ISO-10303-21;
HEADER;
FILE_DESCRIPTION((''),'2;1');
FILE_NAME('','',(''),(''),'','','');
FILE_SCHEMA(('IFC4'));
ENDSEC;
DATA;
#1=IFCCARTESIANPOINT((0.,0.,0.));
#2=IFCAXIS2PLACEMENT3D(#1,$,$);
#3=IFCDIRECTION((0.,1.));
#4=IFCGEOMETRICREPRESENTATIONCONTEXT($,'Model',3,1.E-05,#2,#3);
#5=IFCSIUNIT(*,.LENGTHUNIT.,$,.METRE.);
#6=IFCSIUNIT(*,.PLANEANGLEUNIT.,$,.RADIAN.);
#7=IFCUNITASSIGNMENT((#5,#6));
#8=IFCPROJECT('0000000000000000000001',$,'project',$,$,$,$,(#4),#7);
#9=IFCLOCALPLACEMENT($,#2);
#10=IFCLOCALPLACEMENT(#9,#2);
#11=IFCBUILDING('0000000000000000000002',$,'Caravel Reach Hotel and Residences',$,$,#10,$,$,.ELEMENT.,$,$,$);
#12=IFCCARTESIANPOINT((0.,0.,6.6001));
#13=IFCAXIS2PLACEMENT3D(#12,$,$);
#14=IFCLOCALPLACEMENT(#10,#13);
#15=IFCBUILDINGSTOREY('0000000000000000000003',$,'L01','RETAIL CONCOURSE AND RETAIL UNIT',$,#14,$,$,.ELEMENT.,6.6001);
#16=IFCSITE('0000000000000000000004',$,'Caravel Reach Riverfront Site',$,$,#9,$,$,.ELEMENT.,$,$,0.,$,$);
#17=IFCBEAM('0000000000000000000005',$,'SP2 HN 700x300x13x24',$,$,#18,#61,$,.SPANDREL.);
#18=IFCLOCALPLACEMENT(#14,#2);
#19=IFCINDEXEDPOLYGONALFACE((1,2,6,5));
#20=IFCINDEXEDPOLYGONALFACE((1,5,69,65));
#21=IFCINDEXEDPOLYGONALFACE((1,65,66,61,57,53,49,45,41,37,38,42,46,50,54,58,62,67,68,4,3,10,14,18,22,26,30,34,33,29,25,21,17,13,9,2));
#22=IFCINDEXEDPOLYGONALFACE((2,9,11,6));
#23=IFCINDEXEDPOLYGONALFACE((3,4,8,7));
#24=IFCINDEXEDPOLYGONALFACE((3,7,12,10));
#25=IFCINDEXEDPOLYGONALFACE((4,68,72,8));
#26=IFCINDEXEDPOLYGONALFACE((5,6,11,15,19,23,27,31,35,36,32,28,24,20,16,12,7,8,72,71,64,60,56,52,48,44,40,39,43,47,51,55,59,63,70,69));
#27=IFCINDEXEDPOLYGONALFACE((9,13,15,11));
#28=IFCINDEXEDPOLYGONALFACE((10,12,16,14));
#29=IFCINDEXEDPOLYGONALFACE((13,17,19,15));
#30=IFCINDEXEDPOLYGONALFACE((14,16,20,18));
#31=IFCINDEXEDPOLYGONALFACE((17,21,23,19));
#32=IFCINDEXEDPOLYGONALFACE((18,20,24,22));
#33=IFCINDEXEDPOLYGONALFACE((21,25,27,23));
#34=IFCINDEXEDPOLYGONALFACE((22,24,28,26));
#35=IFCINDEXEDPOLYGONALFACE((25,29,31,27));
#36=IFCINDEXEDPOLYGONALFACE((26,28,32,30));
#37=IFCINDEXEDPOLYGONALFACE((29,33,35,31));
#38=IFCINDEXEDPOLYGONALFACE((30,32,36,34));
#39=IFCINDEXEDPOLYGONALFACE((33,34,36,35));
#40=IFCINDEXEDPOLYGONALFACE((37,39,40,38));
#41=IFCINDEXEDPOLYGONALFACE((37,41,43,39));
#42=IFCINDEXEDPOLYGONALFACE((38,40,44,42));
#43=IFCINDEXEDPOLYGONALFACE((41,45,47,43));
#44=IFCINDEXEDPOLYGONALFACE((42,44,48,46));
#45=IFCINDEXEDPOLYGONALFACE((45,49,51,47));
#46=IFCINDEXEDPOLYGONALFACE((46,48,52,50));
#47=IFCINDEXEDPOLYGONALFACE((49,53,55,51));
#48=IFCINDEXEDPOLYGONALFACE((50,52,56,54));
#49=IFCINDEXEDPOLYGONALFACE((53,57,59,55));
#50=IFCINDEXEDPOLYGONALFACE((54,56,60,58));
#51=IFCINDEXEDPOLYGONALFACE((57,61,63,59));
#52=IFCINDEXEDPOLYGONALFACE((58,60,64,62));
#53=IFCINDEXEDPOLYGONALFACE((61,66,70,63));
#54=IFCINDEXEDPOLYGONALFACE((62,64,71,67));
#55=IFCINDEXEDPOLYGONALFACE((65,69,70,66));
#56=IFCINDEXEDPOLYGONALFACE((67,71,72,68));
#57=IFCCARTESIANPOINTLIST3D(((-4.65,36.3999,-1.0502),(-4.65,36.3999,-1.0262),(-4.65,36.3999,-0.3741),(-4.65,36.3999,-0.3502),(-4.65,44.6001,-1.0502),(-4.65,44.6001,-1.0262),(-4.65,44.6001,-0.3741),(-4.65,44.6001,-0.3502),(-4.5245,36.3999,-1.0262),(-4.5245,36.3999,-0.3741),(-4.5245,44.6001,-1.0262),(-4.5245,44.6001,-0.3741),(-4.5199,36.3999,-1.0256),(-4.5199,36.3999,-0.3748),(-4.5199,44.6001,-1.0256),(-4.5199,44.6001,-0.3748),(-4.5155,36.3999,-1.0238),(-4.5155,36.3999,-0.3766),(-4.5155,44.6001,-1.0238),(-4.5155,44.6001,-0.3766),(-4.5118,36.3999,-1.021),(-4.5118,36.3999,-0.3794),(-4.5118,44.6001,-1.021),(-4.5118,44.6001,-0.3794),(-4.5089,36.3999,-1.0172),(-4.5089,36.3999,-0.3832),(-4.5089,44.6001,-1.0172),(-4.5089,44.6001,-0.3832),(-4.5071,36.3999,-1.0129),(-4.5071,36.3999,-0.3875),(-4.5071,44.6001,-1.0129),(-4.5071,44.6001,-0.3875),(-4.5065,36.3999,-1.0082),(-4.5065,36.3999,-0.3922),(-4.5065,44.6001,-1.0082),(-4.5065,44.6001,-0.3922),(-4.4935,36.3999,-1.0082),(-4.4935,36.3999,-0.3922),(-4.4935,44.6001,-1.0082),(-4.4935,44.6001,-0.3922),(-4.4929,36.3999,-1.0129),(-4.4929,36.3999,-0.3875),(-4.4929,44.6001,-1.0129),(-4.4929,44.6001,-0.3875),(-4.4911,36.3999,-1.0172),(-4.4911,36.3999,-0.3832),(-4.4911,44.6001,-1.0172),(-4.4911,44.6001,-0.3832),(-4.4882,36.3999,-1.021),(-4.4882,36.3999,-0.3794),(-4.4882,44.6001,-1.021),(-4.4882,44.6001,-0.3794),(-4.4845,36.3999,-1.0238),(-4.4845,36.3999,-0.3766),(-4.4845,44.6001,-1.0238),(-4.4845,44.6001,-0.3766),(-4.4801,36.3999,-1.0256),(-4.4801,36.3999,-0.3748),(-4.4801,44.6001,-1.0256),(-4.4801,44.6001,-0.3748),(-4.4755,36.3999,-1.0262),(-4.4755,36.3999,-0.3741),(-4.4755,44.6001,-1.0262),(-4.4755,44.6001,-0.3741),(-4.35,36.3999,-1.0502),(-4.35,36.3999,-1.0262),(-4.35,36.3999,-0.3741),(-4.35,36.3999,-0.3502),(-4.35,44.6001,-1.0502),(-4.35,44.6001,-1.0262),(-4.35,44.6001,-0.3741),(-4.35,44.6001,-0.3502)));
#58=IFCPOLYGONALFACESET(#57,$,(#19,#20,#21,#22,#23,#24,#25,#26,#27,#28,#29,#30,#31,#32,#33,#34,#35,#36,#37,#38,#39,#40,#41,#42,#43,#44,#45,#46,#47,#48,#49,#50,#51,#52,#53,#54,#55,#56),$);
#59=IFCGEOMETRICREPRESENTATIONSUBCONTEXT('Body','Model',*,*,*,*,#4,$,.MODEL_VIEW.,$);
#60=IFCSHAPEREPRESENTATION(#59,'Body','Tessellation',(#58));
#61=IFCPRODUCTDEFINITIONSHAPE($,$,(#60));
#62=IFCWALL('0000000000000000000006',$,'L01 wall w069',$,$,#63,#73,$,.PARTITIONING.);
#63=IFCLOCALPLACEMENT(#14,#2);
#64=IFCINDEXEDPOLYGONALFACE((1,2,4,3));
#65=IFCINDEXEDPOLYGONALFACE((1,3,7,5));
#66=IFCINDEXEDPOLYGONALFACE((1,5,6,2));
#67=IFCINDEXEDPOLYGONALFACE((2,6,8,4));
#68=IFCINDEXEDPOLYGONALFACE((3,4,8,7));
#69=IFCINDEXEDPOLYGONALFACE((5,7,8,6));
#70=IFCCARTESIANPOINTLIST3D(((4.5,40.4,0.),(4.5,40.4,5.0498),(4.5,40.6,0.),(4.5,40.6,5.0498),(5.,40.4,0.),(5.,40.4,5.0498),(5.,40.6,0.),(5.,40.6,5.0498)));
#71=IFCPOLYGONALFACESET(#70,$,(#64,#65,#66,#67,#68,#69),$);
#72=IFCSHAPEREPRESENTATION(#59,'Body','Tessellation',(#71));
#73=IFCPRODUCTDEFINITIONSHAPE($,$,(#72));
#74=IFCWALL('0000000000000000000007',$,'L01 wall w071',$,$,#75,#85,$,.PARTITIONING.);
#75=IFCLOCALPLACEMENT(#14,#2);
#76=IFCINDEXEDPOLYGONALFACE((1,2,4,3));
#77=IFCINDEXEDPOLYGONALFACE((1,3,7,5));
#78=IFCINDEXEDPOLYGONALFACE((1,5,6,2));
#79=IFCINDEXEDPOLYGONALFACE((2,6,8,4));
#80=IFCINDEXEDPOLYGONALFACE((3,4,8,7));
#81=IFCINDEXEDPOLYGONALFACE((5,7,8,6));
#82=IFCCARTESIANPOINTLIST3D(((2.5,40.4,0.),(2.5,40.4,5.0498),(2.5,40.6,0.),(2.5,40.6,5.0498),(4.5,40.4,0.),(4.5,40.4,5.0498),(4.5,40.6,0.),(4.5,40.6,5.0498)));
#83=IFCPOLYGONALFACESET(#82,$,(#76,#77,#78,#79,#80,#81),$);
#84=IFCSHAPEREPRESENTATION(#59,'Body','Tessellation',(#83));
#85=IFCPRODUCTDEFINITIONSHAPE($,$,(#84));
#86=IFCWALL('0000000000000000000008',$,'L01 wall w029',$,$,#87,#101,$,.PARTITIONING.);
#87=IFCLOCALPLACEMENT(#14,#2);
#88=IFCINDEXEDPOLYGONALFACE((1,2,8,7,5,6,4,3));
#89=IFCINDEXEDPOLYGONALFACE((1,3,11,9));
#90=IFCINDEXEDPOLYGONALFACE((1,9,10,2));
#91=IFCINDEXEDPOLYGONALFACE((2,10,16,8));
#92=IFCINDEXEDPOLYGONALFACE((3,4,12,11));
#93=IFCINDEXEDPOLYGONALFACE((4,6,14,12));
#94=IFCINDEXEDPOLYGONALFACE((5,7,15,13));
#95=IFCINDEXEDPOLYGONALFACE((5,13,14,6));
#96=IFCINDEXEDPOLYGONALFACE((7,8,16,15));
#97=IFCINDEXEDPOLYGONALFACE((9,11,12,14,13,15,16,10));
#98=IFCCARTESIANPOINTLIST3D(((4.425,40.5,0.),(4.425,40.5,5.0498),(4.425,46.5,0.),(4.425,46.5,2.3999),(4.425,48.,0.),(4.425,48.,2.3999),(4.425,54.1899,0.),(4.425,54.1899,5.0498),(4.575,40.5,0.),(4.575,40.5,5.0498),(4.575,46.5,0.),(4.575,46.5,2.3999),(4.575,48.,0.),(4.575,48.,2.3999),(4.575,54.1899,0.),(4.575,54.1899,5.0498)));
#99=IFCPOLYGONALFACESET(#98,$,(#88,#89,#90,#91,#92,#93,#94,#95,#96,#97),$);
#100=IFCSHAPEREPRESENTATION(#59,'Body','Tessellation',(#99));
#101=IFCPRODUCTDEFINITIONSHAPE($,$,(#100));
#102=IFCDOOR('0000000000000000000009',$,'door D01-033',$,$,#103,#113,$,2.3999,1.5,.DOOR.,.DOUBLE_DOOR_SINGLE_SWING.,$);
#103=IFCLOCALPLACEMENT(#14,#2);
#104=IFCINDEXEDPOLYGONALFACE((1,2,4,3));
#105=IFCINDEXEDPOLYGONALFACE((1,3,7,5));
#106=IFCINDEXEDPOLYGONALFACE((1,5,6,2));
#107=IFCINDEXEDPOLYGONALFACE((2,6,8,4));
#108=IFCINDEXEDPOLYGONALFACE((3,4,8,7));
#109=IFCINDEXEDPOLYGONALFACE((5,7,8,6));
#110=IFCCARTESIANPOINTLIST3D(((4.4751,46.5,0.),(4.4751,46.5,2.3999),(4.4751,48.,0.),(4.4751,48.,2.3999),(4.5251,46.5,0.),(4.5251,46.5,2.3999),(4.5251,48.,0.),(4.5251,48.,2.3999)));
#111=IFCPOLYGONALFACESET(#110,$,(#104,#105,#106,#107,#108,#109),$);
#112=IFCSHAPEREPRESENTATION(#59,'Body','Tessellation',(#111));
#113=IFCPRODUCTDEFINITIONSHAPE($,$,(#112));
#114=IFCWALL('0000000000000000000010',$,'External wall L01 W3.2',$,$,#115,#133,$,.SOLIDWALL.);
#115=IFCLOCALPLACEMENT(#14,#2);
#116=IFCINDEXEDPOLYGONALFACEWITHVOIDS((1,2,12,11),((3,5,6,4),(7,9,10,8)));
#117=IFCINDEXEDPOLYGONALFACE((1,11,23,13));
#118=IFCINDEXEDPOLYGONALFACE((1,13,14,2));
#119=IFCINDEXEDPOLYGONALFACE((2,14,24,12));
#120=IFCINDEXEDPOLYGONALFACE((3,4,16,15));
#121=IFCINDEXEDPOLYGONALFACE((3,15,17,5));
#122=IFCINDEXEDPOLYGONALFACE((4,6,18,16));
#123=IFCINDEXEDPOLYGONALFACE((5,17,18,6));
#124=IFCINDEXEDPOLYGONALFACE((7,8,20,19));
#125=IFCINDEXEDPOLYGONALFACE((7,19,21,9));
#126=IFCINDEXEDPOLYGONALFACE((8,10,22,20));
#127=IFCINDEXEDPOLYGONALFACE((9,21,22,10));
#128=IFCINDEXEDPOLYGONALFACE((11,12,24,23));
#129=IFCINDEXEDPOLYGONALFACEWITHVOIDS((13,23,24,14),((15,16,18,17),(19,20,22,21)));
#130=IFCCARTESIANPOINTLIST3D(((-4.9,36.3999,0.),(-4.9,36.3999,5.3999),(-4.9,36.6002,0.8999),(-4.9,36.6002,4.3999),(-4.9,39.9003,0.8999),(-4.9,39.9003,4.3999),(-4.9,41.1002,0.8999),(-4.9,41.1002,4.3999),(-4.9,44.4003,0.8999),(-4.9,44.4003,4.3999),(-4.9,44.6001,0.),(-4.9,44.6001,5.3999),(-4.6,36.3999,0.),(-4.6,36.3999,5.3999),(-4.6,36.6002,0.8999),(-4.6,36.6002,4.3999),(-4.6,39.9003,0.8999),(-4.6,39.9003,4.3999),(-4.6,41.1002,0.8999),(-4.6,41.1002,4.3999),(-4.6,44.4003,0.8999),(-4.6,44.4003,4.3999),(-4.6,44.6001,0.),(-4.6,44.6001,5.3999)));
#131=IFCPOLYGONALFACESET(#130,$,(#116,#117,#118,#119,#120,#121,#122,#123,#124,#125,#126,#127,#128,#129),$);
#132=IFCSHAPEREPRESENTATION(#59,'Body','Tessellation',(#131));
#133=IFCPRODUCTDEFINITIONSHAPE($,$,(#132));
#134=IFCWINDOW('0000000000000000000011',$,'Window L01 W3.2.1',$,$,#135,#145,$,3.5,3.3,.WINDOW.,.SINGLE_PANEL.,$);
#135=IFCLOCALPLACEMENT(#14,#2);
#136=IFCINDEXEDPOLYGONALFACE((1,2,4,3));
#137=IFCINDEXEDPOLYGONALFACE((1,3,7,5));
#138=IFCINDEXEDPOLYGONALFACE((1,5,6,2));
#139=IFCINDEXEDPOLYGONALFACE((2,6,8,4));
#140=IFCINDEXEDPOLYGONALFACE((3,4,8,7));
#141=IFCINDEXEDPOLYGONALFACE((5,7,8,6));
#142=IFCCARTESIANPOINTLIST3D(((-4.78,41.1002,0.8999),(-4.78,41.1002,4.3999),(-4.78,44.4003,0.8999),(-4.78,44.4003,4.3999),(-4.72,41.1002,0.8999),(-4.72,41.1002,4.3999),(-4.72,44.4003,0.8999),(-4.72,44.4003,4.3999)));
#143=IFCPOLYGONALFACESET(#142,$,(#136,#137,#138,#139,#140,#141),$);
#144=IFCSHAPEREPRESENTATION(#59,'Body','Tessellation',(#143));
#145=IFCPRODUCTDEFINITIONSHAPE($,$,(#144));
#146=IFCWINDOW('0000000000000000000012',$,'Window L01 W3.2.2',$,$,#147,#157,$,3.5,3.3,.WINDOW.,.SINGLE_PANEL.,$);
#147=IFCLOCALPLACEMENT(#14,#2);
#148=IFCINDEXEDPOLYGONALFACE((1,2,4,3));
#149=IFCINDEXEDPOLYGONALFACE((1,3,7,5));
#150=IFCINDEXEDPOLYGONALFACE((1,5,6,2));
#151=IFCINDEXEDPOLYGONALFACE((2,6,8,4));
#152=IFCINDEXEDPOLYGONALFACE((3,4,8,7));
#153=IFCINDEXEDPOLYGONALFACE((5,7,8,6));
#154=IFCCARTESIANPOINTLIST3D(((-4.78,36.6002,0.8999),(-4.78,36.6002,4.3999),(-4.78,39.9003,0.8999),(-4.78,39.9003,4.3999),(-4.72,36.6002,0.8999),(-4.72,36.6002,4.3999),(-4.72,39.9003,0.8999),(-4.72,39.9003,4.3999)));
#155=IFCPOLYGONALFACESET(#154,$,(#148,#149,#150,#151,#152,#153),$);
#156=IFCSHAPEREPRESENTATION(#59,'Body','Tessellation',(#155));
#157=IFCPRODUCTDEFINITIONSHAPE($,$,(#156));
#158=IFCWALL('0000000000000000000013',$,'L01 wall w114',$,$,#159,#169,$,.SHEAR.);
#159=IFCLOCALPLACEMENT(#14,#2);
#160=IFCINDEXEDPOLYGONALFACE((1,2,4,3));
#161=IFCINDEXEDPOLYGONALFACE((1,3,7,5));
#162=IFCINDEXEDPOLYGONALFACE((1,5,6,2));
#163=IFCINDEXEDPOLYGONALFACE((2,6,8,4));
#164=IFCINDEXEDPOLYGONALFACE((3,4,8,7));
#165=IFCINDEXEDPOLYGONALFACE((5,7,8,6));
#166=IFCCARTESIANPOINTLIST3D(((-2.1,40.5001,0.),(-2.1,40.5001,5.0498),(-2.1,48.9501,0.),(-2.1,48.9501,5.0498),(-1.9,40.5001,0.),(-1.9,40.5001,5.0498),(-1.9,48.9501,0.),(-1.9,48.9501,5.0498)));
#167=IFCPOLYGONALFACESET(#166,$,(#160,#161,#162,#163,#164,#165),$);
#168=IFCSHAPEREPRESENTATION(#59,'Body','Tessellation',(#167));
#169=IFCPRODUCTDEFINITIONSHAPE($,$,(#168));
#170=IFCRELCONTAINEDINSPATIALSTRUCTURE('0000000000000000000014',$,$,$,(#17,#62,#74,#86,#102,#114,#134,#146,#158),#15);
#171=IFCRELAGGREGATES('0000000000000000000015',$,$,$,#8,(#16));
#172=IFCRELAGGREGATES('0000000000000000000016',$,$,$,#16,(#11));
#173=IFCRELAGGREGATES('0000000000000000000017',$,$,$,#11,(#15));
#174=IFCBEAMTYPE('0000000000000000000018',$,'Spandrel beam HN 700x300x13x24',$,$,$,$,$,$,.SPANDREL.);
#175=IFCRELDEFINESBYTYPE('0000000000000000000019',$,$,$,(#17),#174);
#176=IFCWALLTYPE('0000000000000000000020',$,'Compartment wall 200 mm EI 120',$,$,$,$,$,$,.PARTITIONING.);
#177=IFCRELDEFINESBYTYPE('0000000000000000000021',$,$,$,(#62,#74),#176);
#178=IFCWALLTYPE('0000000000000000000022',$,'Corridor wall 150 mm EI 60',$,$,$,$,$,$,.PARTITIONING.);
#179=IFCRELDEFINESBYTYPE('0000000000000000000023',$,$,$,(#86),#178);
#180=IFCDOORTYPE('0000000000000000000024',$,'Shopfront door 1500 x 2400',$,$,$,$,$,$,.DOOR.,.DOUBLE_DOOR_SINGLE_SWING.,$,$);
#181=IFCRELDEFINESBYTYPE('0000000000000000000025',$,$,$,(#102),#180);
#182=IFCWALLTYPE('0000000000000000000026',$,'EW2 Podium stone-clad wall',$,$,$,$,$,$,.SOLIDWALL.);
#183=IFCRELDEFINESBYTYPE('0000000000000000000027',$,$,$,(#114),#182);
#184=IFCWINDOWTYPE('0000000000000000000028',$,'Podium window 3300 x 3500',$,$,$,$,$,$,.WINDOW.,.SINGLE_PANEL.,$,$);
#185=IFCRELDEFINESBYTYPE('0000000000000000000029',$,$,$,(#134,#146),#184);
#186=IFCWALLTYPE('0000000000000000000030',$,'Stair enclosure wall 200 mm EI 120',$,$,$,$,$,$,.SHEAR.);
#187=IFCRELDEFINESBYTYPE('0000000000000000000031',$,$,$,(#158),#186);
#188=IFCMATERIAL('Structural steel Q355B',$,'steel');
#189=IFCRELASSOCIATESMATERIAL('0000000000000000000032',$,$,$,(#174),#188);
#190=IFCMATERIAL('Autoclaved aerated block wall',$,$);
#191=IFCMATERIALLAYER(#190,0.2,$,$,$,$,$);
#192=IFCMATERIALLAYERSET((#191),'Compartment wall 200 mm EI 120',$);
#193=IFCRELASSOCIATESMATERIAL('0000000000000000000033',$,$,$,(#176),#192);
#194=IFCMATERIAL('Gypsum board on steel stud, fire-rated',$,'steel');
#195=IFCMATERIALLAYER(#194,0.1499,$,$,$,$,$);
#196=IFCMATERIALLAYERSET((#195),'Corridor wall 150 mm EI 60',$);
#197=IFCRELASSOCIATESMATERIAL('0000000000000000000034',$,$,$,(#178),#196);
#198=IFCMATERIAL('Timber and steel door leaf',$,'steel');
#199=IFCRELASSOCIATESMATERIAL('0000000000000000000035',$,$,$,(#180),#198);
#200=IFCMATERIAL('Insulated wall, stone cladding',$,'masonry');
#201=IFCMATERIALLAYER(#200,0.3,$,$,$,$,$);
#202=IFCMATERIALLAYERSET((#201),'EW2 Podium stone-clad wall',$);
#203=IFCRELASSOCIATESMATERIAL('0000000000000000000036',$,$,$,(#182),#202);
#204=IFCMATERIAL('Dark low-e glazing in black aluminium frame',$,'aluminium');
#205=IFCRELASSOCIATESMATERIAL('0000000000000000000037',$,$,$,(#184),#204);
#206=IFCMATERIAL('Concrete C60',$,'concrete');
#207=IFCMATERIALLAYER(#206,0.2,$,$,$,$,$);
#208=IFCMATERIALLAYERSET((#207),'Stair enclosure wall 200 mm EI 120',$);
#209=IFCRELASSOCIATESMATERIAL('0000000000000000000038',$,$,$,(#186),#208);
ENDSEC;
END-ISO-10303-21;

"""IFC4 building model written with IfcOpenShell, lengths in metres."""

from ifc_helpers import new_model, si_unit, direction, frame, frame_2d, origin, origin_2d, place, context, subcontext, project, spatial, rectangle, i_section, extrude, material, layer, layer_set, material_profile, profile_set, type_object, element, fill, save


model = new_model("IFC4")

# Units and contexts
model_context = context("Model", 3, precision=1e-05, world=origin(), true_north=direction((0.0, 1.0)))
body_context = subcontext(model_context, "Body", "Model", "MODEL_VIEW")
ifc_project = project(units=[si_unit("LENGTHUNIT", "METRE"), si_unit("PLANEANGLEUNIT", "RADIAN")], contexts=[model_context])

# Site, building, storey
site_placement = place(None, origin())
site = spatial("IfcSite", under=ifc_project, at=site_placement, Name="Caravel Reach Riverfront Site", CompositionType="ELEMENT", RefElevation=0.0)
building_placement = place(site_placement, origin())
building = spatial("IfcBuilding", under=site, at=building_placement, Name="Caravel Reach Hotel and Residences", CompositionType="ELEMENT")
storey_placement = place(building_placement, frame((0.0, 0.0, 6.6001)))
storey = spatial("IfcBuildingStorey", under=building, at=storey_placement, Name="L01", Description="RETAIL CONCOURSE AND RETAIL UNIT", CompositionType="ELEMENT", Elevation=6.6001)

# Beam
ifc_material_1 = material(Name="Structural steel Q355B", Category="steel")
ifc_material_profile = material_profile(ifc_material_1, i_section(OverallWidth=0.3, OverallDepth=0.7, WebThickness=0.0129, FlangeThickness=0.0239, FilletRadius=0.0181, at=origin_2d()), Name="HN 700x300x13x24")
ifc_profile_set = profile_set([ifc_material_profile], Name="Structural steel Q355B")
beam_type = type_object("IfcBeamType", Name="Spandrel beam HN 700x300x13x24", PredefinedType="SPANDREL", material=ifc_profile_set)
beam_placement = place(storey_placement, frame((-4.5, 44.6001, -0.7002), z_axis=(0.0, -1.0, 0.0), x_axis=(1.0, 0.0, 0.0)))
element("IfcBeam", 1, at=beam_placement, inside=storey, type_object=beam_type, Name="SP2 HN 700x300x13x24", PredefinedType="SPANDREL", context=body_context, shape_type="SweptSolid", body=[
    extrude(i_section(OverallWidth=0.3, OverallDepth=0.7, WebThickness=0.0129, FlangeThickness=0.0239, FilletRadius=0.0181, at=origin_2d()), origin(), (0.0, 0.0, 1.0), 8.2002),
])

# Walls
ifc_material_2 = material(Name="Autoclaved aerated block wall")
ifc_layer_1 = layer(ifc_material_2, 0.2)
ifc_layer_set_1 = layer_set([ifc_layer_1], Name="Compartment wall 200 mm EI 120")
wall_type_1 = type_object("IfcWallType", Name="Compartment wall 200 mm EI 120", PredefinedType="PARTITIONING", material=ifc_layer_set_1)
wall_1_placement = place(storey_placement, frame((4.5, 40.5, 0.0), z_axis=(0.0, 0.0, 1.0), x_axis=(1.0, 0.0, 0.0)))
element("IfcWall", 2, at=wall_1_placement, inside=storey, type_object=wall_type_1, Name="L01 wall w069", PredefinedType="PARTITIONING", context=body_context, shape_type="SweptSolid", body=[
    extrude(rectangle(XDim=0.5, YDim=0.2, at=frame_2d((0.25, 0.0))), origin(), (0.0, 0.0, 1.0), 5.0498),
])
wall_2_placement = place(storey_placement, frame((2.5, 40.5, 0.0), z_axis=(0.0, 0.0, 1.0), x_axis=(1.0, 0.0, 0.0)))
element("IfcWall", 3, at=wall_2_placement, inside=storey, type_object=wall_type_1, Name="L01 wall w071", PredefinedType="PARTITIONING", context=body_context, shape_type="SweptSolid", body=[
    extrude(rectangle(XDim=2.0, YDim=0.2, at=frame_2d((1.0, 0.0))), origin(), (0.0, 0.0, 1.0), 5.0498),
])

# Wall, opening, door
ifc_material_3 = material(Name="Gypsum board on steel stud, fire-rated", Category="steel")
ifc_layer_2 = layer(ifc_material_3, 0.1499)
ifc_layer_set_2 = layer_set([ifc_layer_2], Name="Corridor wall 150 mm EI 60")
wall_type_2 = type_object("IfcWallType", Name="Corridor wall 150 mm EI 60", PredefinedType="PARTITIONING", material=ifc_layer_set_2)
wall_3_placement = place(storey_placement, frame((4.5, 40.5, 0.0), z_axis=(0.0, 0.0, 1.0), x_axis=(0.0, 1.0, 0.0)))
wall_3 = element("IfcWall", 4, at=wall_3_placement, inside=storey, type_object=wall_type_2, Name="L01 wall w029", PredefinedType="PARTITIONING", context=body_context, shape_type="SweptSolid", body=[
    extrude(rectangle(XDim=13.6899, YDim=0.1499, at=frame_2d((6.845, 0.0))), origin(), (0.0, 0.0, 1.0), 5.0498),
])
opening_1_placement = place(wall_3_placement, frame((6.0, 0.0, 0.0)))
opening_1 = element("IfcOpeningElement", 5, at=opening_1_placement, cuts=wall_3, PredefinedType="OPENING", context=body_context, shape_type="SweptSolid", body=[
    extrude(rectangle(XDim=1.5, YDim=2.3999, at=frame_2d((0.75, 1.2))), frame((0.0, 0.085, 0.0), z_axis=(0.0, -1.0, 0.0), x_axis=(1.0, 0.0, 0.0)), (0.0, 0.0, 1.0), 0.1699),
])
ifc_material_4 = material(Name="Timber and steel door leaf", Category="steel")
door_type = type_object("IfcDoorType", Name="Shopfront door 1500 x 2400", OperationType="DOUBLE_DOOR_SINGLE_SWING", PredefinedType="DOOR", material=ifc_material_4)
door_placement = place(opening_1_placement, origin())
door = element("IfcDoor", 6, at=door_placement, inside=storey, type_object=door_type, Name="door D01-033", OperationType="DOUBLE_DOOR_SINGLE_SWING", OverallHeight=2.3999, OverallWidth=1.5, PredefinedType="DOOR", context=body_context, shape_type="SweptSolid", body=[
    extrude(rectangle(XDim=1.5, YDim=2.3999, at=frame_2d((0.75, 1.2))), frame((0.0, 0.0249, 0.0), z_axis=(0.0, -1.0, 0.0), x_axis=(1.0, 0.0, 0.0)), (0.0, 0.0, 1.0), 0.05),
])
fill(opening_1, door)

# Wall, openings, windows
ifc_material_5 = material(Name="Insulated wall, stone cladding", Category="masonry")
ifc_layer_3 = layer(ifc_material_5, 0.3)
ifc_layer_set_3 = layer_set([ifc_layer_3], Name="EW2 Podium stone-clad wall")
wall_type_3 = type_object("IfcWallType", Name="EW2 Podium stone-clad wall", PredefinedType="SOLIDWALL", material=ifc_layer_set_3)
wall_4_placement = place(storey_placement, frame((-4.75, 44.6001, 0.0), z_axis=(0.0, 0.0, 1.0), x_axis=(0.0, -1.0, 0.0)))
wall_4 = element("IfcWall", 7, at=wall_4_placement, inside=storey, type_object=wall_type_3, Name="External wall L01 W3.2", PredefinedType="SOLIDWALL", context=body_context, shape_type="SweptSolid", body=[
    extrude(rectangle(XDim=8.2002, YDim=0.3, at=frame_2d((4.1001, 0.0))), origin(), (0.0, 0.0, 1.0), 5.3999),
])
opening_2_placement = place(wall_4_placement, frame((0.2, 0.0, 0.8999)))
opening_2 = element("IfcOpeningElement", 8, at=opening_2_placement, cuts=wall_4, PredefinedType="OPENING", context=body_context, shape_type="SweptSolid", body=[
    extrude(rectangle(XDim=3.3, YDim=3.5, at=frame_2d((1.6499, 1.75))), frame((0.0, 0.1599, 0.0), z_axis=(0.0, -1.0, 0.0), x_axis=(1.0, 0.0, 0.0)), (0.0, 0.0, 1.0), 0.3201),
])
opening_3_placement = place(wall_4_placement, frame((4.7, 0.0, 0.8999)))
opening_3 = element("IfcOpeningElement", 9, at=opening_3_placement, cuts=wall_4, PredefinedType="OPENING", context=body_context, shape_type="SweptSolid", body=[
    extrude(rectangle(XDim=3.3, YDim=3.5, at=frame_2d((1.6499, 1.75))), frame((0.0, 0.1599, 0.0), z_axis=(0.0, -1.0, 0.0), x_axis=(1.0, 0.0, 0.0)), (0.0, 0.0, 1.0), 0.3201),
])
ifc_material_6 = material(Name="Dark low-e glazing in black aluminium frame", Category="aluminium")
window_type = type_object("IfcWindowType", Name="Podium window 3300 x 3500", PartitioningType="SINGLE_PANEL", PredefinedType="WINDOW", material=ifc_material_6)
window_1_placement = place(opening_2_placement, origin())
window_1 = element("IfcWindow", 10, at=window_1_placement, inside=storey, type_object=window_type, Name="Window L01 W3.2.1", OverallHeight=3.5, OverallWidth=3.3, PartitioningType="SINGLE_PANEL", PredefinedType="WINDOW", context=body_context, shape_type="SweptSolid", body=[
    extrude(rectangle(XDim=3.3, YDim=3.5, at=frame_2d((1.6499, 1.75))), frame((0.0, 0.03, 0.0), z_axis=(0.0, -1.0, 0.0), x_axis=(1.0, 0.0, 0.0)), (0.0, 0.0, 1.0), 0.0601),
])
fill(opening_2, window_1)
window_2_placement = place(opening_3_placement, origin())
window_2 = element("IfcWindow", 11, at=window_2_placement, inside=storey, type_object=window_type, Name="Window L01 W3.2.2", OverallHeight=3.5, OverallWidth=3.3, PartitioningType="SINGLE_PANEL", PredefinedType="WINDOW", context=body_context, shape_type="SweptSolid", body=[
    extrude(rectangle(XDim=3.3, YDim=3.5, at=frame_2d((1.6499, 1.75))), frame((0.0, 0.03, 0.0), z_axis=(0.0, -1.0, 0.0), x_axis=(1.0, 0.0, 0.0)), (0.0, 0.0, 1.0), 0.0601),
])
fill(opening_3, window_2)

# Wall
ifc_material_7 = material(Name="Concrete C60", Category="concrete")
ifc_layer_4 = layer(ifc_material_7, 0.2)
ifc_layer_set_4 = layer_set([ifc_layer_4], Name="Stair enclosure wall 200 mm EI 120")
wall_type_4 = type_object("IfcWallType", Name="Stair enclosure wall 200 mm EI 120", PredefinedType="SHEAR", material=ifc_layer_set_4)
for number, where, z_axis, x_axis, name in (
    (12, (-2.0, 40.5, 0.0), (0.0, 0.0, 1.0), (0.0, 1.0, 0.0), "L01 wall w114"),
):
    element("IfcWall", number, at=place(storey_placement, frame(where, z_axis=z_axis, x_axis=x_axis)), inside=storey, type_object=wall_type_4, Name=name, PredefinedType="SHEAR", context=body_context, shape_type="SweptSolid", body=[
        extrude(rectangle(XDim=8.45, YDim=0.2, at=frame_2d((4.2251, 0.0))), origin(), (0.0, 0.0, 1.0), 5.0498),
    ])

save(model, "model.ifc")
